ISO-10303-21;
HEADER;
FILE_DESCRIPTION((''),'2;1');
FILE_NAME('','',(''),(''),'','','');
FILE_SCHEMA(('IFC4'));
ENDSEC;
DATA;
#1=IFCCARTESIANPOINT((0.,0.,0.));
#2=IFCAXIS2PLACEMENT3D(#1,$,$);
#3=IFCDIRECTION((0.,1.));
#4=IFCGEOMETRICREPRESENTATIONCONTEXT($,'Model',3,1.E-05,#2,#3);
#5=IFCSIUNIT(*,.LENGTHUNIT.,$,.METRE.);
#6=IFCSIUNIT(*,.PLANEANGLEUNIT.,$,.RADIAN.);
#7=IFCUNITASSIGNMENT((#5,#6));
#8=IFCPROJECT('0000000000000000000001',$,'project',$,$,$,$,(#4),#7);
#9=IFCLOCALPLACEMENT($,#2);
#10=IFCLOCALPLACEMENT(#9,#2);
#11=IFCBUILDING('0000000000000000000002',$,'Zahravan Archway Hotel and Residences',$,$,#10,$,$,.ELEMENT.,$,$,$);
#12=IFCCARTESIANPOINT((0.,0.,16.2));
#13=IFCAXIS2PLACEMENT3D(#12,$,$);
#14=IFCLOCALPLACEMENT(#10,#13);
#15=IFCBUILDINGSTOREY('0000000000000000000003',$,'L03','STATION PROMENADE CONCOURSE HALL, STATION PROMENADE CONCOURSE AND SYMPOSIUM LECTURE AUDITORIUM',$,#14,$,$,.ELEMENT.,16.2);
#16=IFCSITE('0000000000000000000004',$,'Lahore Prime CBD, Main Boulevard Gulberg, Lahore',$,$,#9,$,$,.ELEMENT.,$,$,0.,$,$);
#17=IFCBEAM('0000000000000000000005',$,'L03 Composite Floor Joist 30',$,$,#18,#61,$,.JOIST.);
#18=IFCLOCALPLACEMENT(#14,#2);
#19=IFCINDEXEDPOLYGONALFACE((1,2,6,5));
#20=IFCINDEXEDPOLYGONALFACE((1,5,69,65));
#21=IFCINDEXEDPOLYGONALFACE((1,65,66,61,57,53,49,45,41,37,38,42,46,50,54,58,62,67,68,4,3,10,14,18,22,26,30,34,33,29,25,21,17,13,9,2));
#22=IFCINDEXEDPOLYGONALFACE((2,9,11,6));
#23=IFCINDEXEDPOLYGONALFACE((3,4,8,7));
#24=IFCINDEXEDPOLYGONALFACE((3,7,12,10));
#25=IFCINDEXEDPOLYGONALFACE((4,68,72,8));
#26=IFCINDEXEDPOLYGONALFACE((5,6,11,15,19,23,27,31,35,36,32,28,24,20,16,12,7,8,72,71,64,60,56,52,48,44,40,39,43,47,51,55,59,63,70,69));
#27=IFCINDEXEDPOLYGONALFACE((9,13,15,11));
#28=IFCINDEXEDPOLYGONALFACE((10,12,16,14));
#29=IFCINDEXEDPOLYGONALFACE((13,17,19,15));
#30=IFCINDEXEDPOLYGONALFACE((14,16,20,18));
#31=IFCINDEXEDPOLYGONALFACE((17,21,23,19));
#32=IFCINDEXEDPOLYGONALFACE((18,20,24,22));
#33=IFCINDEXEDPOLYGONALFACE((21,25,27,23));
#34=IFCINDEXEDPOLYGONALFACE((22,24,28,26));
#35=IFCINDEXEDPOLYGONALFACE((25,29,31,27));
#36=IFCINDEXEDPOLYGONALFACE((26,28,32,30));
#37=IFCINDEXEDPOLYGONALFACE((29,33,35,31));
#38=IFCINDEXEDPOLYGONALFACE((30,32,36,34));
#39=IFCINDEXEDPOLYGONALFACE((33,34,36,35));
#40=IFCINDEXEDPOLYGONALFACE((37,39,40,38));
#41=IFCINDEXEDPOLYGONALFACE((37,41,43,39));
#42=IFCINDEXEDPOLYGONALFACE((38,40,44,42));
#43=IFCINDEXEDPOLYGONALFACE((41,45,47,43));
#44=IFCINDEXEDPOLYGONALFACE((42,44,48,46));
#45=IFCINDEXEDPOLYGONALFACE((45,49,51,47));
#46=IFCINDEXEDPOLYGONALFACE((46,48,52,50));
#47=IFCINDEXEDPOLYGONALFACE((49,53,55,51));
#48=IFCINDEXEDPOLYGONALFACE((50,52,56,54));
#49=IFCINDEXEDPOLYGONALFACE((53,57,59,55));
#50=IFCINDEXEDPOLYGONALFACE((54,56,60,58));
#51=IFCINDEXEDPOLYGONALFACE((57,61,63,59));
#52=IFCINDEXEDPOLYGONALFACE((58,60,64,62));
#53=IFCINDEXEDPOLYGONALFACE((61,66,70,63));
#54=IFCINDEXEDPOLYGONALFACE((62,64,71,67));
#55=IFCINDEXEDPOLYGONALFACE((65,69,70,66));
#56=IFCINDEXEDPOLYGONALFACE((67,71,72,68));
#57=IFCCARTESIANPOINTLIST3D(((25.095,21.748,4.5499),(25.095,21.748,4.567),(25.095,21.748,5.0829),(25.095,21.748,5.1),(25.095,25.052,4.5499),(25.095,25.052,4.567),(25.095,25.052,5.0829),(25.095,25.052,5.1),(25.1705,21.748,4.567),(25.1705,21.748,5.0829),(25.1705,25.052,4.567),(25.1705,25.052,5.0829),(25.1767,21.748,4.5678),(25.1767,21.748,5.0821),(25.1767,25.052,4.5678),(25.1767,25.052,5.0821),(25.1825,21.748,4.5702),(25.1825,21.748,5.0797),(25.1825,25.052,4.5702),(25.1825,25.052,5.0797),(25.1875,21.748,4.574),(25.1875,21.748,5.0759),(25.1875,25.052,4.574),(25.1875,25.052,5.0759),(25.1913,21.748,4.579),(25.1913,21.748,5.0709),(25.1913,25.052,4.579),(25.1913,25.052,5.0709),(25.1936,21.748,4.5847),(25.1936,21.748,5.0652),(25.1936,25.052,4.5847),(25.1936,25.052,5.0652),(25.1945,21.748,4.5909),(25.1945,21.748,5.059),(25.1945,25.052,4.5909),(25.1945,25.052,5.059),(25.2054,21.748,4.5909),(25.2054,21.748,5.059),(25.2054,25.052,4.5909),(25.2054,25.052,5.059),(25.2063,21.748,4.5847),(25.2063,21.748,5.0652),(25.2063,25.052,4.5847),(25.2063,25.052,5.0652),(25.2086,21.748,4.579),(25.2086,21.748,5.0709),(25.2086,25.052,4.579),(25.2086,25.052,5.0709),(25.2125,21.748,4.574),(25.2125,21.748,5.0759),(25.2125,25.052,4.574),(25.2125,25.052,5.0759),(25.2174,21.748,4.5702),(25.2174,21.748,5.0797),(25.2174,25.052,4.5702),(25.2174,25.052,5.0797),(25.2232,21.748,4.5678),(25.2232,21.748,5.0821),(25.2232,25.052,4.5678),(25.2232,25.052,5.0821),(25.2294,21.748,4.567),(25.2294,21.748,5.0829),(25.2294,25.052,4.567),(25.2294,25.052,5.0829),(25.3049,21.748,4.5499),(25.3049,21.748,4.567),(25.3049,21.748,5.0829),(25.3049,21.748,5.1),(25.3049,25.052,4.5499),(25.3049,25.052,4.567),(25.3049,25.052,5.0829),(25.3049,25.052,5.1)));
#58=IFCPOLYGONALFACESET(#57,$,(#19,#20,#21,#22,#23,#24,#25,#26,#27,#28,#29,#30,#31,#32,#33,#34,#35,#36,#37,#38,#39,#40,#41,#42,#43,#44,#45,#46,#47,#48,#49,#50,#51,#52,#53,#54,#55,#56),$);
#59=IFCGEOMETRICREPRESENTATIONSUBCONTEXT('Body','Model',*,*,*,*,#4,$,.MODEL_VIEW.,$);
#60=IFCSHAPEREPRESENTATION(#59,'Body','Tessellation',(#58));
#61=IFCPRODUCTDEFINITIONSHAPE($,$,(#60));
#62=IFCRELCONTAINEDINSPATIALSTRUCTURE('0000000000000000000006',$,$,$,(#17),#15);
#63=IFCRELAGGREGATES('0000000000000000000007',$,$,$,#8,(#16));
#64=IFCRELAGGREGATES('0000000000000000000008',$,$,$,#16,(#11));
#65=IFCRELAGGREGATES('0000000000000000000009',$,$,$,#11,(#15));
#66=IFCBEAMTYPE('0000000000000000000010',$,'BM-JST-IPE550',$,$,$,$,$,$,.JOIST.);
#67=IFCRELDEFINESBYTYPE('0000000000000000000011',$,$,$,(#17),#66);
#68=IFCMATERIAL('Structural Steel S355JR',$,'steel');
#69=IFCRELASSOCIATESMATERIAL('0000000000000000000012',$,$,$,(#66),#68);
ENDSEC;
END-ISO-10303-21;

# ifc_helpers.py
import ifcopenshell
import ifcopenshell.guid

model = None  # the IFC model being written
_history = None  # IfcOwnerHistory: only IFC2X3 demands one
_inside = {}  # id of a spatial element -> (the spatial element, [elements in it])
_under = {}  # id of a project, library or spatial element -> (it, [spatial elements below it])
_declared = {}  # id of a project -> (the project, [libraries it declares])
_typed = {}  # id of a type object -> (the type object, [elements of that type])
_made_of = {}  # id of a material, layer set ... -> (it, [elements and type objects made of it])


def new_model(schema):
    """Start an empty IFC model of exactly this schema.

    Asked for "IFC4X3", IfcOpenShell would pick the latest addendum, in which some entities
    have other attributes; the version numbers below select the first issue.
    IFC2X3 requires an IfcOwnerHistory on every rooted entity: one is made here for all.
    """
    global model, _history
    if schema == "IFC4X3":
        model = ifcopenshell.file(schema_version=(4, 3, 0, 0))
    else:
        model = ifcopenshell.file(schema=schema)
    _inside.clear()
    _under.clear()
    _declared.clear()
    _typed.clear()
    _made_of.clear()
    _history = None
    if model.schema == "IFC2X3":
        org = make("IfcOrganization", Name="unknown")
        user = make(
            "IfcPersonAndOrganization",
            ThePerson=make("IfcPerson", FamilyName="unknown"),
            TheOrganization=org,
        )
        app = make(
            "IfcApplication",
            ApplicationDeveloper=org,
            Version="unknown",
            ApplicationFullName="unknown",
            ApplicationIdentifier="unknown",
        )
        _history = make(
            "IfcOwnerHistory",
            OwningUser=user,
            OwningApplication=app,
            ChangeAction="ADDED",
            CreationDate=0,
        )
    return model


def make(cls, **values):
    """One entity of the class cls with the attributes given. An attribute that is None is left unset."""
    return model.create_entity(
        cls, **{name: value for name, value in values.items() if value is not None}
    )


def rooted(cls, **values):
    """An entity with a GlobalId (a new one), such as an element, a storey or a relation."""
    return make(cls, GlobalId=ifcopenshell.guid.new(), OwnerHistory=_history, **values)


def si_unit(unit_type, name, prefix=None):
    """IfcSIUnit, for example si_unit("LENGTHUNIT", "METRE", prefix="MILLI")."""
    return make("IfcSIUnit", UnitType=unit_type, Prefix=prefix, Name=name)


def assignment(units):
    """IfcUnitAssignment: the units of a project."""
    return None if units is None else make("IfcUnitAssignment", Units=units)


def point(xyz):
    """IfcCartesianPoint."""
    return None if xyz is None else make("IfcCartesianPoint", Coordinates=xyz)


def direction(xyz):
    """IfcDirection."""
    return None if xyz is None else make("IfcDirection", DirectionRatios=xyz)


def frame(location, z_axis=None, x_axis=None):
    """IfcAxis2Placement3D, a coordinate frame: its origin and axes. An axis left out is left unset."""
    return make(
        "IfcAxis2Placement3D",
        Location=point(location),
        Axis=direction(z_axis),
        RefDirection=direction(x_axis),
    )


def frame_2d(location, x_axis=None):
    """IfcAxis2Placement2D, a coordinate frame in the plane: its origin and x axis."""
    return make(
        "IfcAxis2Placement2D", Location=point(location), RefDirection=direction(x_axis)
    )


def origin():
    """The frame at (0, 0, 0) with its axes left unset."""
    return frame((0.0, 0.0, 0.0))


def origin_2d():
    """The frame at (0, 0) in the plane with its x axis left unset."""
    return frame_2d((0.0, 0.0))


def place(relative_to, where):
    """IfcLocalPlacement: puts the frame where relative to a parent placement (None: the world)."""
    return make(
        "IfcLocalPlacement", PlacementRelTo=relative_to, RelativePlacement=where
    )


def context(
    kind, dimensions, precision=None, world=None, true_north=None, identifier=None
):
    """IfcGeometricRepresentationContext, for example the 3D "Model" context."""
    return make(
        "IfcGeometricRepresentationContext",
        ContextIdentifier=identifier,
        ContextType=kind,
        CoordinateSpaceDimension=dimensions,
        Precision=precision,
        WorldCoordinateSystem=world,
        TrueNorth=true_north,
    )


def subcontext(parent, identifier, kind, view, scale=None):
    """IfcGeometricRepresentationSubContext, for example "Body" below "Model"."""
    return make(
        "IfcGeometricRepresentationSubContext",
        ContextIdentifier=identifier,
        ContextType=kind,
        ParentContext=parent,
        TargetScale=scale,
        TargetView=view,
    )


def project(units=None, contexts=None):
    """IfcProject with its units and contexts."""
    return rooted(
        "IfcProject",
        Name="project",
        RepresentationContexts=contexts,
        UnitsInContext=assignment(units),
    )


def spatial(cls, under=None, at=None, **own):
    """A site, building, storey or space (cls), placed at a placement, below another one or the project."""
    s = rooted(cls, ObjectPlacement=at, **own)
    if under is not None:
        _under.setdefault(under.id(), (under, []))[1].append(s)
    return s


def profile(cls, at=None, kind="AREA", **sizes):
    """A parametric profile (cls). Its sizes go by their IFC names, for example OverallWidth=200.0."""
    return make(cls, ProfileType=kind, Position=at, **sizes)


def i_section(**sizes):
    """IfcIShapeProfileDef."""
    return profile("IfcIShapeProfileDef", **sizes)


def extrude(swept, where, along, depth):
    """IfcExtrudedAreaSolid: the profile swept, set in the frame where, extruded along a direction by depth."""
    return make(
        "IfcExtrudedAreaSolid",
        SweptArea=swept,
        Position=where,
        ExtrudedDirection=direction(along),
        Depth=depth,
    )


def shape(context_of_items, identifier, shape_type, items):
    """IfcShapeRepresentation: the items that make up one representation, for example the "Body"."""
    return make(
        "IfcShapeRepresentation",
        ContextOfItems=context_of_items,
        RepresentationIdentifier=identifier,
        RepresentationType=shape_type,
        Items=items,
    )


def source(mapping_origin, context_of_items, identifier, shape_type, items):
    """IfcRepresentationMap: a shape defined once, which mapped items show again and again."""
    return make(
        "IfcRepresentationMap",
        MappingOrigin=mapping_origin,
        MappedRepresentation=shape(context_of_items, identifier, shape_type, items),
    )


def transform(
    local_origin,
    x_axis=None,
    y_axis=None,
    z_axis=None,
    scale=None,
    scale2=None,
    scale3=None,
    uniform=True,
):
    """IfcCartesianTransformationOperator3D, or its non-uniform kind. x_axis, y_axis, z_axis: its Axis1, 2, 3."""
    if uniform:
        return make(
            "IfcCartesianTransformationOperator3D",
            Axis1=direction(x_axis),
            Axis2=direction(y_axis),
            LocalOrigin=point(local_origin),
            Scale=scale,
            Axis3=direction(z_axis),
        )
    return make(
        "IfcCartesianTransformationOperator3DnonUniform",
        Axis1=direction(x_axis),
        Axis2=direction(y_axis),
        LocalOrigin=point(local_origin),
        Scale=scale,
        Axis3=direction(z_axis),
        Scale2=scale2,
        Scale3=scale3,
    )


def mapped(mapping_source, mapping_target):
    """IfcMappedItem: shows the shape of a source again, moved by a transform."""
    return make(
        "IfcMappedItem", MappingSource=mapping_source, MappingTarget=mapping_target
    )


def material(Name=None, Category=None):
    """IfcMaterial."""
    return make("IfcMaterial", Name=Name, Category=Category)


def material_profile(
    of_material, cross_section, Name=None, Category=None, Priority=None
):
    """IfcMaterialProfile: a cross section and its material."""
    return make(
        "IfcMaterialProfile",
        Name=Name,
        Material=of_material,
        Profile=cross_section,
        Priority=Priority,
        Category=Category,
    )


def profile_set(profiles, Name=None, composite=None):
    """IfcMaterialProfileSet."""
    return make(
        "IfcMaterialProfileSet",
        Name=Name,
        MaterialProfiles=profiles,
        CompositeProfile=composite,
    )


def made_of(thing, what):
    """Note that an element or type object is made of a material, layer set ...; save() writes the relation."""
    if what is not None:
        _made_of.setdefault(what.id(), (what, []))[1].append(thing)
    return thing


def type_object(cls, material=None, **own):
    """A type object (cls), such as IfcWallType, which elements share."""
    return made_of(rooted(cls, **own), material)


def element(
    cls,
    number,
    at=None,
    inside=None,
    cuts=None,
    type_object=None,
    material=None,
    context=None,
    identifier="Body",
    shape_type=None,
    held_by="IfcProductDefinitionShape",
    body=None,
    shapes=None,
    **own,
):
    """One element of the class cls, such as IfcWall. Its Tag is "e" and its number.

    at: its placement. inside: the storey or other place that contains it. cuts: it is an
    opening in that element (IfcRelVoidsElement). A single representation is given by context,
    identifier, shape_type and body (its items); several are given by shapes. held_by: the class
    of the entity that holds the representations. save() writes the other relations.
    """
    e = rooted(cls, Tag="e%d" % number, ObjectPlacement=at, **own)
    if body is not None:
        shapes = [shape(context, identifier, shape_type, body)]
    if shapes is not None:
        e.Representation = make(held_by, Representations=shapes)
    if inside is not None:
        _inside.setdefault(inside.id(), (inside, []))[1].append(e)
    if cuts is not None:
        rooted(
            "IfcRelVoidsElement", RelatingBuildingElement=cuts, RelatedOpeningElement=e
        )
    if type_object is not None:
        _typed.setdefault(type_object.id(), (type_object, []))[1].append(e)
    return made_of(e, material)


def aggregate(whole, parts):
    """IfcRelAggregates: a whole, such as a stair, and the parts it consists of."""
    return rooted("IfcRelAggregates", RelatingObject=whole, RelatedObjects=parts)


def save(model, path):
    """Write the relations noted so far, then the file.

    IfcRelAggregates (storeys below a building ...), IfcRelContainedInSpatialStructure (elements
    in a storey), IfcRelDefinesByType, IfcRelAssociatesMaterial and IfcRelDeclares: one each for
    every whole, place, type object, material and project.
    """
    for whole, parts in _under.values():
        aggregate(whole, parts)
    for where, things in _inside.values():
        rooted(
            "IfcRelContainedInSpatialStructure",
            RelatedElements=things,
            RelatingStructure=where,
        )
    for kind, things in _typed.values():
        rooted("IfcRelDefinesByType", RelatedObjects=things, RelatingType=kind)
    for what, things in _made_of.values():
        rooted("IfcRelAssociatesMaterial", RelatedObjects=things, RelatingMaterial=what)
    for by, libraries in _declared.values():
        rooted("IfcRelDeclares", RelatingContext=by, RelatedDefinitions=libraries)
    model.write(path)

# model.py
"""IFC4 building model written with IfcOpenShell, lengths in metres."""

from ifc_helpers import new_model, si_unit, direction, frame, origin, origin_2d, place, context, subcontext, project, spatial, i_section, extrude, source, transform, mapped, material, material_profile, profile_set, type_object, element, save


model = new_model("IFC4")

# Units and contexts
model_context = context("Model", 3, precision=1e-05, world=origin(), true_north=direction((0.0, 1.0)))
body_context = subcontext(model_context, "Body", "Model", "MODEL_VIEW")
ifc_project = project(units=[si_unit("LENGTHUNIT", "METRE"), si_unit("PLANEANGLEUNIT", "RADIAN")], contexts=[model_context])

# Site, building, storey
site_placement = place(None, origin())
site = spatial("IfcSite", under=ifc_project, at=site_placement, Name="Lahore Prime CBD, Main Boulevard Gulberg, Lahore", CompositionType="ELEMENT", RefElevation=0.0)
building_placement = place(site_placement, origin())
building = spatial("IfcBuilding", under=site, at=building_placement, Name="Zahravan Archway Hotel and Residences", CompositionType="ELEMENT")
storey_placement = place(building_placement, frame((0.0, 0.0, 16.2)))
storey = spatial("IfcBuildingStorey", under=building, at=storey_placement, Name="L03", Description="STATION PROMENADE CONCOURSE HALL, STATION PROMENADE CONCOURSE AND SYMPOSIUM LECTURE AUDITORIUM", CompositionType="ELEMENT", Elevation=16.2)

# Beam
ifc_material_1 = material(Name="Structural Steel S355JR", Category="steel")
ifc_material_profile_1 = material_profile(ifc_material_1, i_section(OverallWidth=0.21, OverallDepth=0.55, WebThickness=0.011, FlangeThickness=0.0171, FilletRadius=0.0239, at=origin_2d()), Name="IPE 550", Category="steel")
ifc_profile_set_1 = profile_set([ifc_material_profile_1], Name="Structural Steel S355JR")
beam_type_1 = type_object("IfcBeamType", Name="BM-JST-IPE550", PredefinedType="JOIST", material=ifc_profile_set_1)
shared_shape_1 = source(origin(), body_context, "Body", "SweptSolid", [
    extrude(i_section(OverallWidth=0.21, OverallDepth=0.55, WebThickness=0.011, FlangeThickness=0.0171, FilletRadius=0.0239, at=origin_2d()), origin(), (0.0, 0.0, 1.0), 3.304),
])
for number, where, z_axis, x_axis, name in (
    (1, (25.2, 21.748, 4.825), (0.0, 1.0, 0.0), (-1.0, 0.0, 0.0), "L03 Composite Floor Joist 30"),
):
    element("IfcBeam", number, at=place(storey_placement, frame(where, z_axis=z_axis, x_axis=x_axis)), inside=storey, type_object=beam_type_1, Name=name, PredefinedType="JOIST", context=body_context, shape_type="MappedRepresentation", body=[
        mapped(shared_shape_1, transform((0.0, 0.0, 0.0), scale=1.0)),
    ])

save(model, "model.ifc")
